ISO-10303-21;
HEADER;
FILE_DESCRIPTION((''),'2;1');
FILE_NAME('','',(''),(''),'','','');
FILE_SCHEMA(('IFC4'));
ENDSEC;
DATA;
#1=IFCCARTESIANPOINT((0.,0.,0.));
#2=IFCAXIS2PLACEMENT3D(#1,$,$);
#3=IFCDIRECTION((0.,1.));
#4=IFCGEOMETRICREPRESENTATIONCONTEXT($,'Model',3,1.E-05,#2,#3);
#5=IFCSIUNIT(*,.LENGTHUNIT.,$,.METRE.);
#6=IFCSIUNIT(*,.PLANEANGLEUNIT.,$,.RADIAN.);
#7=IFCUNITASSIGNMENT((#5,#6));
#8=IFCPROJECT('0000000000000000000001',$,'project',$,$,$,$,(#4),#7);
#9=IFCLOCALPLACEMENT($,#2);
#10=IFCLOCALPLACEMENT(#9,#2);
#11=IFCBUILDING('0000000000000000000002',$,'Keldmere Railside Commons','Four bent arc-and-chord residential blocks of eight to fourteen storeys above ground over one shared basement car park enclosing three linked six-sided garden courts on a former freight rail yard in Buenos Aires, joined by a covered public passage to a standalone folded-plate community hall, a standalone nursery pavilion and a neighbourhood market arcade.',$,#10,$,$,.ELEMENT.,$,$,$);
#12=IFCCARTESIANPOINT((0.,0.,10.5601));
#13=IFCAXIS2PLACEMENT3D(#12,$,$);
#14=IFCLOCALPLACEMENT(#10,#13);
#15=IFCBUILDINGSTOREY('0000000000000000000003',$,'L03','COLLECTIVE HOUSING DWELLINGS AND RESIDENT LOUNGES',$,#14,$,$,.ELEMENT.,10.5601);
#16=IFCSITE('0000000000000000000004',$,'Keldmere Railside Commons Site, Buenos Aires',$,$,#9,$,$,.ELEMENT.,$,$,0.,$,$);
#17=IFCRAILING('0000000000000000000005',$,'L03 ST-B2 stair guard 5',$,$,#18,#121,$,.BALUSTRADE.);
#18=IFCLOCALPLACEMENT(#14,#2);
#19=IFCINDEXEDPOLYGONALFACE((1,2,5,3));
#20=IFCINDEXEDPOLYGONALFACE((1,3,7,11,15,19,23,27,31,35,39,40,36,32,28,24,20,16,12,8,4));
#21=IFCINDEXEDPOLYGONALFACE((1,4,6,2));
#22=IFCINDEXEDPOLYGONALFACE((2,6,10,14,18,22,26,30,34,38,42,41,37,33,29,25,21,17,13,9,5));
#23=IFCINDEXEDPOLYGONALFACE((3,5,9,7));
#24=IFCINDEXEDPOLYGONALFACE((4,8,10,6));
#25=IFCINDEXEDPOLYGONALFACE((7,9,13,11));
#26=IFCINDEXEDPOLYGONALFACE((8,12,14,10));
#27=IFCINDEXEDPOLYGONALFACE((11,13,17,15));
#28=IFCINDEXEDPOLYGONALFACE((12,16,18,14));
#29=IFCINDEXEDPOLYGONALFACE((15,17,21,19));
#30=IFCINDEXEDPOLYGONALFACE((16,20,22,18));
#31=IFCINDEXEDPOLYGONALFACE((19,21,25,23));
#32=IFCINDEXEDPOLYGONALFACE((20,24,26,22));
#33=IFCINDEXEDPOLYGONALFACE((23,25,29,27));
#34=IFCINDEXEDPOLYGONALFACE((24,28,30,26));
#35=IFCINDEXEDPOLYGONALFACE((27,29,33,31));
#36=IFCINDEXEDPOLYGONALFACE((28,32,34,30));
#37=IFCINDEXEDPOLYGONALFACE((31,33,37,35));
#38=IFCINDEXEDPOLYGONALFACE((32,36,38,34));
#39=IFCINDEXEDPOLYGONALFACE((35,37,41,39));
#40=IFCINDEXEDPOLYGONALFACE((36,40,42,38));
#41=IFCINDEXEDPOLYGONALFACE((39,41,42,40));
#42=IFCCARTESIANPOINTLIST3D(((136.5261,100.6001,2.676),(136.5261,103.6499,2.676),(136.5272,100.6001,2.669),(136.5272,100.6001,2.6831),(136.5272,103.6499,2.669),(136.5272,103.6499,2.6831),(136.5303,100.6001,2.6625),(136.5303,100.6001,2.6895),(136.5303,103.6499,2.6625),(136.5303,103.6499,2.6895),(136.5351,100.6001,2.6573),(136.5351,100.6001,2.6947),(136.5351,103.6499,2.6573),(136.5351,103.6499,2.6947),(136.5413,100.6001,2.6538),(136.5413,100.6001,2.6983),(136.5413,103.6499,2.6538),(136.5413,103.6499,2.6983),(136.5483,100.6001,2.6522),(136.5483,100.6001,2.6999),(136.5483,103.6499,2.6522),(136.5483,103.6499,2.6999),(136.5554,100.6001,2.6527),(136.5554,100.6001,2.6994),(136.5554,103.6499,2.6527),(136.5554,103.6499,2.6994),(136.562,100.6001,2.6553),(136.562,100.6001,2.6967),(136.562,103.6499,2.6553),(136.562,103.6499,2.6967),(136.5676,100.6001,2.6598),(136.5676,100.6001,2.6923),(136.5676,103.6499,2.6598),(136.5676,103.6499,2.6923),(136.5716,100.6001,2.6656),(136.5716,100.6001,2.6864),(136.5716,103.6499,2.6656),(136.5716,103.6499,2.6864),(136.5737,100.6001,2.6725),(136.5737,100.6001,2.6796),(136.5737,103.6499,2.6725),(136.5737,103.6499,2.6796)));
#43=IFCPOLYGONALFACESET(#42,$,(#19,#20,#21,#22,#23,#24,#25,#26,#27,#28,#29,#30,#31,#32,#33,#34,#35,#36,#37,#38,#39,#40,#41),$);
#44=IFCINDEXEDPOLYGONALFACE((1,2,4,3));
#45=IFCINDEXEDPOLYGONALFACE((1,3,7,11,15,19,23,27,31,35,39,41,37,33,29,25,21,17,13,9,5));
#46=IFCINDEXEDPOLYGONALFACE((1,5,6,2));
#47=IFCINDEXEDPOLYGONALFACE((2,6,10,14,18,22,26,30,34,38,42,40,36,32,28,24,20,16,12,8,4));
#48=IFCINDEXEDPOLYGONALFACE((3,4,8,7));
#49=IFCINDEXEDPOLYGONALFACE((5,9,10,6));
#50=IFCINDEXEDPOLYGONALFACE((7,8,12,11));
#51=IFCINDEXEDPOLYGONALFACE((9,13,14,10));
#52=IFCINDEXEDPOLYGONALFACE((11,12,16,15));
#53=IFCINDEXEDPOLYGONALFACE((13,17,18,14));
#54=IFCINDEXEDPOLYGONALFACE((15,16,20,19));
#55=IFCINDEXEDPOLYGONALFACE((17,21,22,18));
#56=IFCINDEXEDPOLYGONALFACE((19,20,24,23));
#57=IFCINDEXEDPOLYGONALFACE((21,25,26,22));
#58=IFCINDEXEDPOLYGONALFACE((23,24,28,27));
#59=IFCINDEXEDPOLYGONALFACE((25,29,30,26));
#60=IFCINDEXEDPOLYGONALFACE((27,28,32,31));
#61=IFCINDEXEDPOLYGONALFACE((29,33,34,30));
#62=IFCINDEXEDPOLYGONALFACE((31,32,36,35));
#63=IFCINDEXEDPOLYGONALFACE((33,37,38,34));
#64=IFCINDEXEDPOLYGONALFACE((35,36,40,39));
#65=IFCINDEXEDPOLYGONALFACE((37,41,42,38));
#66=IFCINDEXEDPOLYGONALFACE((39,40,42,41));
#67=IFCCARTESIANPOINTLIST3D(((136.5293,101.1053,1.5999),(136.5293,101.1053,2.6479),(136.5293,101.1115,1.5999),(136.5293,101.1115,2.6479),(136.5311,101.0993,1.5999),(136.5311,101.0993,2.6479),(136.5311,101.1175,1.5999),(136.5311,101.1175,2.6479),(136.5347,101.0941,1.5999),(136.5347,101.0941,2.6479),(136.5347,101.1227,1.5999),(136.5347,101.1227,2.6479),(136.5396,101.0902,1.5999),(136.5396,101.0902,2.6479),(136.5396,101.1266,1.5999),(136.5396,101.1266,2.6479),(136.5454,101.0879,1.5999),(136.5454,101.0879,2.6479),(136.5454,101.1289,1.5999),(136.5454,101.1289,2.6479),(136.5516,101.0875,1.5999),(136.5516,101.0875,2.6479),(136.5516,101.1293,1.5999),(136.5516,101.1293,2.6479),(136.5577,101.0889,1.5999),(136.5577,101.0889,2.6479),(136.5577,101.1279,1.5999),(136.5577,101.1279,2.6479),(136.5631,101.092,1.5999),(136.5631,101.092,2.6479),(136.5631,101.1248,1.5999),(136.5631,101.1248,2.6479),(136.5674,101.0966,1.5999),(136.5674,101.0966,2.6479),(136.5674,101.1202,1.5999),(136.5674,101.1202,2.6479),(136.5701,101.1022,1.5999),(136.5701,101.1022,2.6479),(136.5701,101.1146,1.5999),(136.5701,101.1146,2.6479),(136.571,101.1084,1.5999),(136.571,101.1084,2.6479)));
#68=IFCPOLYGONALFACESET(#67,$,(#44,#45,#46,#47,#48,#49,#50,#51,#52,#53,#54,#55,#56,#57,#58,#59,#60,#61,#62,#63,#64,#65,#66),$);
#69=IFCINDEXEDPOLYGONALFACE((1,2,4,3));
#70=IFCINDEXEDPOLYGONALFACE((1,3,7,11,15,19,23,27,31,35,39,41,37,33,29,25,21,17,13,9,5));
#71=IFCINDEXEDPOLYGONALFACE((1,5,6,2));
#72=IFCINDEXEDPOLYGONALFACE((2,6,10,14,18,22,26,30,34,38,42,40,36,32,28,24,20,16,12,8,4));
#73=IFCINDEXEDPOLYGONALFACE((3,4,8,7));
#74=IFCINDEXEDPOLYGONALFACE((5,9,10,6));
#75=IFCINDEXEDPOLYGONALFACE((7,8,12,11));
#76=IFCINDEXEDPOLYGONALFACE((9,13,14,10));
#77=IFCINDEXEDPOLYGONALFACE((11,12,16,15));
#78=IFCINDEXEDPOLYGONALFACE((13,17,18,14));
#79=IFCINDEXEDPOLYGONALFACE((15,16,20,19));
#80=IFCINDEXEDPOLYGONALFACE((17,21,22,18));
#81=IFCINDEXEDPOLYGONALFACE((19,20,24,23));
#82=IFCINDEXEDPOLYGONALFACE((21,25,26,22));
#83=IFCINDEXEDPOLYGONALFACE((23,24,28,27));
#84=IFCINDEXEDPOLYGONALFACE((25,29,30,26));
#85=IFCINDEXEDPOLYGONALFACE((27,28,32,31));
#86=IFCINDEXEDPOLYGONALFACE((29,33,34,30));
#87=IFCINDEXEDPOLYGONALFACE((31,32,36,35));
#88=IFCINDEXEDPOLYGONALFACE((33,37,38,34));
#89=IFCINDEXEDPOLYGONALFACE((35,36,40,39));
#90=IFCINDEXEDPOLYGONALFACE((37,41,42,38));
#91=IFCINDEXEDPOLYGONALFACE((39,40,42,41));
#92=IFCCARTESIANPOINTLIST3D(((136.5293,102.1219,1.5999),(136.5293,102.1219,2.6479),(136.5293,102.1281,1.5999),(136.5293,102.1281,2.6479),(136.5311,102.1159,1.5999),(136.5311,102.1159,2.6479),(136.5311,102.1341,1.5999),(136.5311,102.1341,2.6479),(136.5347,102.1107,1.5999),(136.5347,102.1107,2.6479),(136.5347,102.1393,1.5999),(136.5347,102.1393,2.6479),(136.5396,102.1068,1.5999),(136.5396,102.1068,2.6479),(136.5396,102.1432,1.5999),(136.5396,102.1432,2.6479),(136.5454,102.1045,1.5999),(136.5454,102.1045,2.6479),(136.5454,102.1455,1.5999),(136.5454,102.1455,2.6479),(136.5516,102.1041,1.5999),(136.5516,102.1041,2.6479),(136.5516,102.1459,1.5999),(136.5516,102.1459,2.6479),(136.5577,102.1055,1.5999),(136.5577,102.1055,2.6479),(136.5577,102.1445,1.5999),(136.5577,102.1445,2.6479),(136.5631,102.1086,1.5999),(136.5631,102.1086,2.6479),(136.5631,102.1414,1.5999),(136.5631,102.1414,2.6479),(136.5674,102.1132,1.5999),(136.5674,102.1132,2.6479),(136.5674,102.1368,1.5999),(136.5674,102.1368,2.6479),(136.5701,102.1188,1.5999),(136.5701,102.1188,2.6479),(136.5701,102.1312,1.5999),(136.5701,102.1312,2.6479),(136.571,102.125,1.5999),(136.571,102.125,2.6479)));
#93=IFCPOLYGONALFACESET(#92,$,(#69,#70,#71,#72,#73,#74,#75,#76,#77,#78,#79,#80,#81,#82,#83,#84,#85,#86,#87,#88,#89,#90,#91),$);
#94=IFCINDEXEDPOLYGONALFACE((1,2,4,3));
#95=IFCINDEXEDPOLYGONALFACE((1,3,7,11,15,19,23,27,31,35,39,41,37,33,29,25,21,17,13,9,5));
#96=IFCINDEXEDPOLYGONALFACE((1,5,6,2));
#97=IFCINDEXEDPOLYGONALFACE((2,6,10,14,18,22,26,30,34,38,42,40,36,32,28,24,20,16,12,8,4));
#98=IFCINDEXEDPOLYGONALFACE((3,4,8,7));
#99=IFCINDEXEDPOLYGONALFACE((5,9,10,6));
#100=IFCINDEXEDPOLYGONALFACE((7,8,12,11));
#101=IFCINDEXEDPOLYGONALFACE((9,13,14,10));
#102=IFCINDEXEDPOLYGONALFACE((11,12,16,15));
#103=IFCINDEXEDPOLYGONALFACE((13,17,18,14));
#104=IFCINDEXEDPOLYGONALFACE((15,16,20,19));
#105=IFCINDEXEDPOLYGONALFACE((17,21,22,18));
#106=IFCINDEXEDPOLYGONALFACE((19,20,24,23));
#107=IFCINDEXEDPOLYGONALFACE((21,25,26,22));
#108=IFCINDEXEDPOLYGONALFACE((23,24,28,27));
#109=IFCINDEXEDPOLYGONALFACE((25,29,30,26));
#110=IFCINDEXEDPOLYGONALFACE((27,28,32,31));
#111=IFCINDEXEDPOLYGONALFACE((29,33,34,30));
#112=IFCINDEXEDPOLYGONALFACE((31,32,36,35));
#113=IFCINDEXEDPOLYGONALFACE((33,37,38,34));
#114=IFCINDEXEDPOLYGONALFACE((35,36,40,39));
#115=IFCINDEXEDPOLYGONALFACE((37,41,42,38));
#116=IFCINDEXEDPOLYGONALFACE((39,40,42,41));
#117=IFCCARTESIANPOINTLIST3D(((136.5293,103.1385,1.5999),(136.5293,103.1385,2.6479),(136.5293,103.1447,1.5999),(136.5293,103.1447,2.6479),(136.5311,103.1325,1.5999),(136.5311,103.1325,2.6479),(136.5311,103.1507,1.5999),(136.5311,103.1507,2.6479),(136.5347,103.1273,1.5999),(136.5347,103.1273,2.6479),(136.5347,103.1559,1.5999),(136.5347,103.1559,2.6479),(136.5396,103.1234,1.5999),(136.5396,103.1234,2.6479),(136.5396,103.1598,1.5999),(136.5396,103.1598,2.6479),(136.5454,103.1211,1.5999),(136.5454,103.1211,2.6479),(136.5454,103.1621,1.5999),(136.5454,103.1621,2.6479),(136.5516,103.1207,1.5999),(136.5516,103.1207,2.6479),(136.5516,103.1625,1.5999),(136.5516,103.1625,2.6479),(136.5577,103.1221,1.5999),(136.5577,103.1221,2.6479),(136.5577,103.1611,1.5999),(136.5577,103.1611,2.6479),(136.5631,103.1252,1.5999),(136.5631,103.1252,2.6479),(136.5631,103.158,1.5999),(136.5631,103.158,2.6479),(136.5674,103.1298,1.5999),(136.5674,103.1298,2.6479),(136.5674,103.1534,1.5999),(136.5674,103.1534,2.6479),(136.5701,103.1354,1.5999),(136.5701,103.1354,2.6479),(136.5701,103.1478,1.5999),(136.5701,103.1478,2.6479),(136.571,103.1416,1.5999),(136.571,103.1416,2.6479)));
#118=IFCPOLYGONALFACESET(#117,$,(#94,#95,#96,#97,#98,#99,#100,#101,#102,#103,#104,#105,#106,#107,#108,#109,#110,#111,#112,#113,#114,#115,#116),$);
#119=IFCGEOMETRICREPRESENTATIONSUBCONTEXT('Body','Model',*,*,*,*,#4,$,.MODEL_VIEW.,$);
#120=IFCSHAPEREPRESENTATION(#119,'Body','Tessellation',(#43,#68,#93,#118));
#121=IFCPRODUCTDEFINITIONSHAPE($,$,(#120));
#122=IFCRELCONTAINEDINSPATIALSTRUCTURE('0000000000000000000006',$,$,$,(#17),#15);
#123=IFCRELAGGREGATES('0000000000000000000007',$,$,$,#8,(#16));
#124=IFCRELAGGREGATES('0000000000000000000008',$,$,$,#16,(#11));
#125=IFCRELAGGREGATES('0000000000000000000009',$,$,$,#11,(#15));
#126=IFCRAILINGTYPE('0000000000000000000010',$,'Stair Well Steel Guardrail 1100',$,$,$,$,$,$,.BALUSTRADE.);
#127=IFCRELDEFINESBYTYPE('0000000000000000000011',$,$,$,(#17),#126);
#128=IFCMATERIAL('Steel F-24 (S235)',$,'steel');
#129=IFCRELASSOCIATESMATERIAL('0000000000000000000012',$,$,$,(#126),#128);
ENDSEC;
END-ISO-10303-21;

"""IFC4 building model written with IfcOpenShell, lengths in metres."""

from ifc_helpers import new_model, si_unit, direction, frame, origin, origin_2d, place, context, subcontext, project, spatial, circle, extrude, material, type_object, element, save


model = new_model("IFC4")

# Units and contexts
model_context = context("Model", 3, precision=1e-05, world=origin(), true_north=direction((0.0, 1.0)))
body_context = subcontext(model_context, "Body", "Model", "MODEL_VIEW")
ifc_project = project(units=[si_unit("LENGTHUNIT", "METRE"), si_unit("PLANEANGLEUNIT", "RADIAN")], contexts=[model_context])

# Site, building, storey
site_placement = place(None, origin())
site = spatial("IfcSite", under=ifc_project, at=site_placement, Name="Keldmere Railside Commons Site, Buenos Aires", CompositionType="ELEMENT", RefElevation=0.0)
building_placement = place(site_placement, origin())
building = spatial("IfcBuilding", under=site, at=building_placement, Name="Keldmere Railside Commons", Description="Four bent arc-and-chord residential blocks of eight to fourteen storeys above ground over one shared basement car park enclosing three linked six-sided garden courts on a former freight rail yard in Buenos Aires, joined by a covered public passage to a standalone folded-plate community hall, a standalone nursery pavilion and a neighbourhood market arcade.", CompositionType="ELEMENT")
storey_placement = place(building_placement, frame((0.0, 0.0, 10.5601)))
storey = spatial("IfcBuildingStorey", under=building, at=storey_placement, Name="L03", Description="COLLECTIVE HOUSING DWELLINGS AND RESIDENT LOUNGES", CompositionType="ELEMENT", Elevation=10.5601)

# Shared definitions
ifc_material_1 = material(Name="Steel F-24 (S235)", Category="steel")

# Railing
railing_type_1 = type_object("IfcRailingType", Name="Stair Well Steel Guardrail 1100", PredefinedType="BALUSTRADE", material=ifc_material_1)
railing_1_placement = place(storey_placement, frame((136.55, 100.6001, 1.5999)))
element("IfcRailing", 1, at=railing_1_placement, inside=storey, type_object=railing_type_1, Name="L03 ST-B2 stair guard 5", PredefinedType="BALUSTRADE", context=body_context, shape_type="SweptSolid", body=[
    extrude(circle(Radius=0.0239, at=origin_2d()), frame((0.0, 0.0, 1.0762), z_axis=(0.0, 1.0, 0.0), x_axis=(-1.0, 0.0, 0.0)), (0.0, 0.0, 1.0), 3.0498),
    extrude(circle(Radius=0.021, at=origin_2d()), frame((0.0, 0.5083, 0.0)), (0.0, 0.0, 1.0), 1.0481),
    extrude(circle(Radius=0.021, at=origin_2d()), frame((0.0, 1.5249, 0.0)), (0.0, 0.0, 1.0), 1.0481),
    extrude(circle(Radius=0.021, at=origin_2d()), frame((0.0, 2.5415, 0.0)), (0.0, 0.0, 1.0), 1.0481),
])

save(model, "model.ifc")
